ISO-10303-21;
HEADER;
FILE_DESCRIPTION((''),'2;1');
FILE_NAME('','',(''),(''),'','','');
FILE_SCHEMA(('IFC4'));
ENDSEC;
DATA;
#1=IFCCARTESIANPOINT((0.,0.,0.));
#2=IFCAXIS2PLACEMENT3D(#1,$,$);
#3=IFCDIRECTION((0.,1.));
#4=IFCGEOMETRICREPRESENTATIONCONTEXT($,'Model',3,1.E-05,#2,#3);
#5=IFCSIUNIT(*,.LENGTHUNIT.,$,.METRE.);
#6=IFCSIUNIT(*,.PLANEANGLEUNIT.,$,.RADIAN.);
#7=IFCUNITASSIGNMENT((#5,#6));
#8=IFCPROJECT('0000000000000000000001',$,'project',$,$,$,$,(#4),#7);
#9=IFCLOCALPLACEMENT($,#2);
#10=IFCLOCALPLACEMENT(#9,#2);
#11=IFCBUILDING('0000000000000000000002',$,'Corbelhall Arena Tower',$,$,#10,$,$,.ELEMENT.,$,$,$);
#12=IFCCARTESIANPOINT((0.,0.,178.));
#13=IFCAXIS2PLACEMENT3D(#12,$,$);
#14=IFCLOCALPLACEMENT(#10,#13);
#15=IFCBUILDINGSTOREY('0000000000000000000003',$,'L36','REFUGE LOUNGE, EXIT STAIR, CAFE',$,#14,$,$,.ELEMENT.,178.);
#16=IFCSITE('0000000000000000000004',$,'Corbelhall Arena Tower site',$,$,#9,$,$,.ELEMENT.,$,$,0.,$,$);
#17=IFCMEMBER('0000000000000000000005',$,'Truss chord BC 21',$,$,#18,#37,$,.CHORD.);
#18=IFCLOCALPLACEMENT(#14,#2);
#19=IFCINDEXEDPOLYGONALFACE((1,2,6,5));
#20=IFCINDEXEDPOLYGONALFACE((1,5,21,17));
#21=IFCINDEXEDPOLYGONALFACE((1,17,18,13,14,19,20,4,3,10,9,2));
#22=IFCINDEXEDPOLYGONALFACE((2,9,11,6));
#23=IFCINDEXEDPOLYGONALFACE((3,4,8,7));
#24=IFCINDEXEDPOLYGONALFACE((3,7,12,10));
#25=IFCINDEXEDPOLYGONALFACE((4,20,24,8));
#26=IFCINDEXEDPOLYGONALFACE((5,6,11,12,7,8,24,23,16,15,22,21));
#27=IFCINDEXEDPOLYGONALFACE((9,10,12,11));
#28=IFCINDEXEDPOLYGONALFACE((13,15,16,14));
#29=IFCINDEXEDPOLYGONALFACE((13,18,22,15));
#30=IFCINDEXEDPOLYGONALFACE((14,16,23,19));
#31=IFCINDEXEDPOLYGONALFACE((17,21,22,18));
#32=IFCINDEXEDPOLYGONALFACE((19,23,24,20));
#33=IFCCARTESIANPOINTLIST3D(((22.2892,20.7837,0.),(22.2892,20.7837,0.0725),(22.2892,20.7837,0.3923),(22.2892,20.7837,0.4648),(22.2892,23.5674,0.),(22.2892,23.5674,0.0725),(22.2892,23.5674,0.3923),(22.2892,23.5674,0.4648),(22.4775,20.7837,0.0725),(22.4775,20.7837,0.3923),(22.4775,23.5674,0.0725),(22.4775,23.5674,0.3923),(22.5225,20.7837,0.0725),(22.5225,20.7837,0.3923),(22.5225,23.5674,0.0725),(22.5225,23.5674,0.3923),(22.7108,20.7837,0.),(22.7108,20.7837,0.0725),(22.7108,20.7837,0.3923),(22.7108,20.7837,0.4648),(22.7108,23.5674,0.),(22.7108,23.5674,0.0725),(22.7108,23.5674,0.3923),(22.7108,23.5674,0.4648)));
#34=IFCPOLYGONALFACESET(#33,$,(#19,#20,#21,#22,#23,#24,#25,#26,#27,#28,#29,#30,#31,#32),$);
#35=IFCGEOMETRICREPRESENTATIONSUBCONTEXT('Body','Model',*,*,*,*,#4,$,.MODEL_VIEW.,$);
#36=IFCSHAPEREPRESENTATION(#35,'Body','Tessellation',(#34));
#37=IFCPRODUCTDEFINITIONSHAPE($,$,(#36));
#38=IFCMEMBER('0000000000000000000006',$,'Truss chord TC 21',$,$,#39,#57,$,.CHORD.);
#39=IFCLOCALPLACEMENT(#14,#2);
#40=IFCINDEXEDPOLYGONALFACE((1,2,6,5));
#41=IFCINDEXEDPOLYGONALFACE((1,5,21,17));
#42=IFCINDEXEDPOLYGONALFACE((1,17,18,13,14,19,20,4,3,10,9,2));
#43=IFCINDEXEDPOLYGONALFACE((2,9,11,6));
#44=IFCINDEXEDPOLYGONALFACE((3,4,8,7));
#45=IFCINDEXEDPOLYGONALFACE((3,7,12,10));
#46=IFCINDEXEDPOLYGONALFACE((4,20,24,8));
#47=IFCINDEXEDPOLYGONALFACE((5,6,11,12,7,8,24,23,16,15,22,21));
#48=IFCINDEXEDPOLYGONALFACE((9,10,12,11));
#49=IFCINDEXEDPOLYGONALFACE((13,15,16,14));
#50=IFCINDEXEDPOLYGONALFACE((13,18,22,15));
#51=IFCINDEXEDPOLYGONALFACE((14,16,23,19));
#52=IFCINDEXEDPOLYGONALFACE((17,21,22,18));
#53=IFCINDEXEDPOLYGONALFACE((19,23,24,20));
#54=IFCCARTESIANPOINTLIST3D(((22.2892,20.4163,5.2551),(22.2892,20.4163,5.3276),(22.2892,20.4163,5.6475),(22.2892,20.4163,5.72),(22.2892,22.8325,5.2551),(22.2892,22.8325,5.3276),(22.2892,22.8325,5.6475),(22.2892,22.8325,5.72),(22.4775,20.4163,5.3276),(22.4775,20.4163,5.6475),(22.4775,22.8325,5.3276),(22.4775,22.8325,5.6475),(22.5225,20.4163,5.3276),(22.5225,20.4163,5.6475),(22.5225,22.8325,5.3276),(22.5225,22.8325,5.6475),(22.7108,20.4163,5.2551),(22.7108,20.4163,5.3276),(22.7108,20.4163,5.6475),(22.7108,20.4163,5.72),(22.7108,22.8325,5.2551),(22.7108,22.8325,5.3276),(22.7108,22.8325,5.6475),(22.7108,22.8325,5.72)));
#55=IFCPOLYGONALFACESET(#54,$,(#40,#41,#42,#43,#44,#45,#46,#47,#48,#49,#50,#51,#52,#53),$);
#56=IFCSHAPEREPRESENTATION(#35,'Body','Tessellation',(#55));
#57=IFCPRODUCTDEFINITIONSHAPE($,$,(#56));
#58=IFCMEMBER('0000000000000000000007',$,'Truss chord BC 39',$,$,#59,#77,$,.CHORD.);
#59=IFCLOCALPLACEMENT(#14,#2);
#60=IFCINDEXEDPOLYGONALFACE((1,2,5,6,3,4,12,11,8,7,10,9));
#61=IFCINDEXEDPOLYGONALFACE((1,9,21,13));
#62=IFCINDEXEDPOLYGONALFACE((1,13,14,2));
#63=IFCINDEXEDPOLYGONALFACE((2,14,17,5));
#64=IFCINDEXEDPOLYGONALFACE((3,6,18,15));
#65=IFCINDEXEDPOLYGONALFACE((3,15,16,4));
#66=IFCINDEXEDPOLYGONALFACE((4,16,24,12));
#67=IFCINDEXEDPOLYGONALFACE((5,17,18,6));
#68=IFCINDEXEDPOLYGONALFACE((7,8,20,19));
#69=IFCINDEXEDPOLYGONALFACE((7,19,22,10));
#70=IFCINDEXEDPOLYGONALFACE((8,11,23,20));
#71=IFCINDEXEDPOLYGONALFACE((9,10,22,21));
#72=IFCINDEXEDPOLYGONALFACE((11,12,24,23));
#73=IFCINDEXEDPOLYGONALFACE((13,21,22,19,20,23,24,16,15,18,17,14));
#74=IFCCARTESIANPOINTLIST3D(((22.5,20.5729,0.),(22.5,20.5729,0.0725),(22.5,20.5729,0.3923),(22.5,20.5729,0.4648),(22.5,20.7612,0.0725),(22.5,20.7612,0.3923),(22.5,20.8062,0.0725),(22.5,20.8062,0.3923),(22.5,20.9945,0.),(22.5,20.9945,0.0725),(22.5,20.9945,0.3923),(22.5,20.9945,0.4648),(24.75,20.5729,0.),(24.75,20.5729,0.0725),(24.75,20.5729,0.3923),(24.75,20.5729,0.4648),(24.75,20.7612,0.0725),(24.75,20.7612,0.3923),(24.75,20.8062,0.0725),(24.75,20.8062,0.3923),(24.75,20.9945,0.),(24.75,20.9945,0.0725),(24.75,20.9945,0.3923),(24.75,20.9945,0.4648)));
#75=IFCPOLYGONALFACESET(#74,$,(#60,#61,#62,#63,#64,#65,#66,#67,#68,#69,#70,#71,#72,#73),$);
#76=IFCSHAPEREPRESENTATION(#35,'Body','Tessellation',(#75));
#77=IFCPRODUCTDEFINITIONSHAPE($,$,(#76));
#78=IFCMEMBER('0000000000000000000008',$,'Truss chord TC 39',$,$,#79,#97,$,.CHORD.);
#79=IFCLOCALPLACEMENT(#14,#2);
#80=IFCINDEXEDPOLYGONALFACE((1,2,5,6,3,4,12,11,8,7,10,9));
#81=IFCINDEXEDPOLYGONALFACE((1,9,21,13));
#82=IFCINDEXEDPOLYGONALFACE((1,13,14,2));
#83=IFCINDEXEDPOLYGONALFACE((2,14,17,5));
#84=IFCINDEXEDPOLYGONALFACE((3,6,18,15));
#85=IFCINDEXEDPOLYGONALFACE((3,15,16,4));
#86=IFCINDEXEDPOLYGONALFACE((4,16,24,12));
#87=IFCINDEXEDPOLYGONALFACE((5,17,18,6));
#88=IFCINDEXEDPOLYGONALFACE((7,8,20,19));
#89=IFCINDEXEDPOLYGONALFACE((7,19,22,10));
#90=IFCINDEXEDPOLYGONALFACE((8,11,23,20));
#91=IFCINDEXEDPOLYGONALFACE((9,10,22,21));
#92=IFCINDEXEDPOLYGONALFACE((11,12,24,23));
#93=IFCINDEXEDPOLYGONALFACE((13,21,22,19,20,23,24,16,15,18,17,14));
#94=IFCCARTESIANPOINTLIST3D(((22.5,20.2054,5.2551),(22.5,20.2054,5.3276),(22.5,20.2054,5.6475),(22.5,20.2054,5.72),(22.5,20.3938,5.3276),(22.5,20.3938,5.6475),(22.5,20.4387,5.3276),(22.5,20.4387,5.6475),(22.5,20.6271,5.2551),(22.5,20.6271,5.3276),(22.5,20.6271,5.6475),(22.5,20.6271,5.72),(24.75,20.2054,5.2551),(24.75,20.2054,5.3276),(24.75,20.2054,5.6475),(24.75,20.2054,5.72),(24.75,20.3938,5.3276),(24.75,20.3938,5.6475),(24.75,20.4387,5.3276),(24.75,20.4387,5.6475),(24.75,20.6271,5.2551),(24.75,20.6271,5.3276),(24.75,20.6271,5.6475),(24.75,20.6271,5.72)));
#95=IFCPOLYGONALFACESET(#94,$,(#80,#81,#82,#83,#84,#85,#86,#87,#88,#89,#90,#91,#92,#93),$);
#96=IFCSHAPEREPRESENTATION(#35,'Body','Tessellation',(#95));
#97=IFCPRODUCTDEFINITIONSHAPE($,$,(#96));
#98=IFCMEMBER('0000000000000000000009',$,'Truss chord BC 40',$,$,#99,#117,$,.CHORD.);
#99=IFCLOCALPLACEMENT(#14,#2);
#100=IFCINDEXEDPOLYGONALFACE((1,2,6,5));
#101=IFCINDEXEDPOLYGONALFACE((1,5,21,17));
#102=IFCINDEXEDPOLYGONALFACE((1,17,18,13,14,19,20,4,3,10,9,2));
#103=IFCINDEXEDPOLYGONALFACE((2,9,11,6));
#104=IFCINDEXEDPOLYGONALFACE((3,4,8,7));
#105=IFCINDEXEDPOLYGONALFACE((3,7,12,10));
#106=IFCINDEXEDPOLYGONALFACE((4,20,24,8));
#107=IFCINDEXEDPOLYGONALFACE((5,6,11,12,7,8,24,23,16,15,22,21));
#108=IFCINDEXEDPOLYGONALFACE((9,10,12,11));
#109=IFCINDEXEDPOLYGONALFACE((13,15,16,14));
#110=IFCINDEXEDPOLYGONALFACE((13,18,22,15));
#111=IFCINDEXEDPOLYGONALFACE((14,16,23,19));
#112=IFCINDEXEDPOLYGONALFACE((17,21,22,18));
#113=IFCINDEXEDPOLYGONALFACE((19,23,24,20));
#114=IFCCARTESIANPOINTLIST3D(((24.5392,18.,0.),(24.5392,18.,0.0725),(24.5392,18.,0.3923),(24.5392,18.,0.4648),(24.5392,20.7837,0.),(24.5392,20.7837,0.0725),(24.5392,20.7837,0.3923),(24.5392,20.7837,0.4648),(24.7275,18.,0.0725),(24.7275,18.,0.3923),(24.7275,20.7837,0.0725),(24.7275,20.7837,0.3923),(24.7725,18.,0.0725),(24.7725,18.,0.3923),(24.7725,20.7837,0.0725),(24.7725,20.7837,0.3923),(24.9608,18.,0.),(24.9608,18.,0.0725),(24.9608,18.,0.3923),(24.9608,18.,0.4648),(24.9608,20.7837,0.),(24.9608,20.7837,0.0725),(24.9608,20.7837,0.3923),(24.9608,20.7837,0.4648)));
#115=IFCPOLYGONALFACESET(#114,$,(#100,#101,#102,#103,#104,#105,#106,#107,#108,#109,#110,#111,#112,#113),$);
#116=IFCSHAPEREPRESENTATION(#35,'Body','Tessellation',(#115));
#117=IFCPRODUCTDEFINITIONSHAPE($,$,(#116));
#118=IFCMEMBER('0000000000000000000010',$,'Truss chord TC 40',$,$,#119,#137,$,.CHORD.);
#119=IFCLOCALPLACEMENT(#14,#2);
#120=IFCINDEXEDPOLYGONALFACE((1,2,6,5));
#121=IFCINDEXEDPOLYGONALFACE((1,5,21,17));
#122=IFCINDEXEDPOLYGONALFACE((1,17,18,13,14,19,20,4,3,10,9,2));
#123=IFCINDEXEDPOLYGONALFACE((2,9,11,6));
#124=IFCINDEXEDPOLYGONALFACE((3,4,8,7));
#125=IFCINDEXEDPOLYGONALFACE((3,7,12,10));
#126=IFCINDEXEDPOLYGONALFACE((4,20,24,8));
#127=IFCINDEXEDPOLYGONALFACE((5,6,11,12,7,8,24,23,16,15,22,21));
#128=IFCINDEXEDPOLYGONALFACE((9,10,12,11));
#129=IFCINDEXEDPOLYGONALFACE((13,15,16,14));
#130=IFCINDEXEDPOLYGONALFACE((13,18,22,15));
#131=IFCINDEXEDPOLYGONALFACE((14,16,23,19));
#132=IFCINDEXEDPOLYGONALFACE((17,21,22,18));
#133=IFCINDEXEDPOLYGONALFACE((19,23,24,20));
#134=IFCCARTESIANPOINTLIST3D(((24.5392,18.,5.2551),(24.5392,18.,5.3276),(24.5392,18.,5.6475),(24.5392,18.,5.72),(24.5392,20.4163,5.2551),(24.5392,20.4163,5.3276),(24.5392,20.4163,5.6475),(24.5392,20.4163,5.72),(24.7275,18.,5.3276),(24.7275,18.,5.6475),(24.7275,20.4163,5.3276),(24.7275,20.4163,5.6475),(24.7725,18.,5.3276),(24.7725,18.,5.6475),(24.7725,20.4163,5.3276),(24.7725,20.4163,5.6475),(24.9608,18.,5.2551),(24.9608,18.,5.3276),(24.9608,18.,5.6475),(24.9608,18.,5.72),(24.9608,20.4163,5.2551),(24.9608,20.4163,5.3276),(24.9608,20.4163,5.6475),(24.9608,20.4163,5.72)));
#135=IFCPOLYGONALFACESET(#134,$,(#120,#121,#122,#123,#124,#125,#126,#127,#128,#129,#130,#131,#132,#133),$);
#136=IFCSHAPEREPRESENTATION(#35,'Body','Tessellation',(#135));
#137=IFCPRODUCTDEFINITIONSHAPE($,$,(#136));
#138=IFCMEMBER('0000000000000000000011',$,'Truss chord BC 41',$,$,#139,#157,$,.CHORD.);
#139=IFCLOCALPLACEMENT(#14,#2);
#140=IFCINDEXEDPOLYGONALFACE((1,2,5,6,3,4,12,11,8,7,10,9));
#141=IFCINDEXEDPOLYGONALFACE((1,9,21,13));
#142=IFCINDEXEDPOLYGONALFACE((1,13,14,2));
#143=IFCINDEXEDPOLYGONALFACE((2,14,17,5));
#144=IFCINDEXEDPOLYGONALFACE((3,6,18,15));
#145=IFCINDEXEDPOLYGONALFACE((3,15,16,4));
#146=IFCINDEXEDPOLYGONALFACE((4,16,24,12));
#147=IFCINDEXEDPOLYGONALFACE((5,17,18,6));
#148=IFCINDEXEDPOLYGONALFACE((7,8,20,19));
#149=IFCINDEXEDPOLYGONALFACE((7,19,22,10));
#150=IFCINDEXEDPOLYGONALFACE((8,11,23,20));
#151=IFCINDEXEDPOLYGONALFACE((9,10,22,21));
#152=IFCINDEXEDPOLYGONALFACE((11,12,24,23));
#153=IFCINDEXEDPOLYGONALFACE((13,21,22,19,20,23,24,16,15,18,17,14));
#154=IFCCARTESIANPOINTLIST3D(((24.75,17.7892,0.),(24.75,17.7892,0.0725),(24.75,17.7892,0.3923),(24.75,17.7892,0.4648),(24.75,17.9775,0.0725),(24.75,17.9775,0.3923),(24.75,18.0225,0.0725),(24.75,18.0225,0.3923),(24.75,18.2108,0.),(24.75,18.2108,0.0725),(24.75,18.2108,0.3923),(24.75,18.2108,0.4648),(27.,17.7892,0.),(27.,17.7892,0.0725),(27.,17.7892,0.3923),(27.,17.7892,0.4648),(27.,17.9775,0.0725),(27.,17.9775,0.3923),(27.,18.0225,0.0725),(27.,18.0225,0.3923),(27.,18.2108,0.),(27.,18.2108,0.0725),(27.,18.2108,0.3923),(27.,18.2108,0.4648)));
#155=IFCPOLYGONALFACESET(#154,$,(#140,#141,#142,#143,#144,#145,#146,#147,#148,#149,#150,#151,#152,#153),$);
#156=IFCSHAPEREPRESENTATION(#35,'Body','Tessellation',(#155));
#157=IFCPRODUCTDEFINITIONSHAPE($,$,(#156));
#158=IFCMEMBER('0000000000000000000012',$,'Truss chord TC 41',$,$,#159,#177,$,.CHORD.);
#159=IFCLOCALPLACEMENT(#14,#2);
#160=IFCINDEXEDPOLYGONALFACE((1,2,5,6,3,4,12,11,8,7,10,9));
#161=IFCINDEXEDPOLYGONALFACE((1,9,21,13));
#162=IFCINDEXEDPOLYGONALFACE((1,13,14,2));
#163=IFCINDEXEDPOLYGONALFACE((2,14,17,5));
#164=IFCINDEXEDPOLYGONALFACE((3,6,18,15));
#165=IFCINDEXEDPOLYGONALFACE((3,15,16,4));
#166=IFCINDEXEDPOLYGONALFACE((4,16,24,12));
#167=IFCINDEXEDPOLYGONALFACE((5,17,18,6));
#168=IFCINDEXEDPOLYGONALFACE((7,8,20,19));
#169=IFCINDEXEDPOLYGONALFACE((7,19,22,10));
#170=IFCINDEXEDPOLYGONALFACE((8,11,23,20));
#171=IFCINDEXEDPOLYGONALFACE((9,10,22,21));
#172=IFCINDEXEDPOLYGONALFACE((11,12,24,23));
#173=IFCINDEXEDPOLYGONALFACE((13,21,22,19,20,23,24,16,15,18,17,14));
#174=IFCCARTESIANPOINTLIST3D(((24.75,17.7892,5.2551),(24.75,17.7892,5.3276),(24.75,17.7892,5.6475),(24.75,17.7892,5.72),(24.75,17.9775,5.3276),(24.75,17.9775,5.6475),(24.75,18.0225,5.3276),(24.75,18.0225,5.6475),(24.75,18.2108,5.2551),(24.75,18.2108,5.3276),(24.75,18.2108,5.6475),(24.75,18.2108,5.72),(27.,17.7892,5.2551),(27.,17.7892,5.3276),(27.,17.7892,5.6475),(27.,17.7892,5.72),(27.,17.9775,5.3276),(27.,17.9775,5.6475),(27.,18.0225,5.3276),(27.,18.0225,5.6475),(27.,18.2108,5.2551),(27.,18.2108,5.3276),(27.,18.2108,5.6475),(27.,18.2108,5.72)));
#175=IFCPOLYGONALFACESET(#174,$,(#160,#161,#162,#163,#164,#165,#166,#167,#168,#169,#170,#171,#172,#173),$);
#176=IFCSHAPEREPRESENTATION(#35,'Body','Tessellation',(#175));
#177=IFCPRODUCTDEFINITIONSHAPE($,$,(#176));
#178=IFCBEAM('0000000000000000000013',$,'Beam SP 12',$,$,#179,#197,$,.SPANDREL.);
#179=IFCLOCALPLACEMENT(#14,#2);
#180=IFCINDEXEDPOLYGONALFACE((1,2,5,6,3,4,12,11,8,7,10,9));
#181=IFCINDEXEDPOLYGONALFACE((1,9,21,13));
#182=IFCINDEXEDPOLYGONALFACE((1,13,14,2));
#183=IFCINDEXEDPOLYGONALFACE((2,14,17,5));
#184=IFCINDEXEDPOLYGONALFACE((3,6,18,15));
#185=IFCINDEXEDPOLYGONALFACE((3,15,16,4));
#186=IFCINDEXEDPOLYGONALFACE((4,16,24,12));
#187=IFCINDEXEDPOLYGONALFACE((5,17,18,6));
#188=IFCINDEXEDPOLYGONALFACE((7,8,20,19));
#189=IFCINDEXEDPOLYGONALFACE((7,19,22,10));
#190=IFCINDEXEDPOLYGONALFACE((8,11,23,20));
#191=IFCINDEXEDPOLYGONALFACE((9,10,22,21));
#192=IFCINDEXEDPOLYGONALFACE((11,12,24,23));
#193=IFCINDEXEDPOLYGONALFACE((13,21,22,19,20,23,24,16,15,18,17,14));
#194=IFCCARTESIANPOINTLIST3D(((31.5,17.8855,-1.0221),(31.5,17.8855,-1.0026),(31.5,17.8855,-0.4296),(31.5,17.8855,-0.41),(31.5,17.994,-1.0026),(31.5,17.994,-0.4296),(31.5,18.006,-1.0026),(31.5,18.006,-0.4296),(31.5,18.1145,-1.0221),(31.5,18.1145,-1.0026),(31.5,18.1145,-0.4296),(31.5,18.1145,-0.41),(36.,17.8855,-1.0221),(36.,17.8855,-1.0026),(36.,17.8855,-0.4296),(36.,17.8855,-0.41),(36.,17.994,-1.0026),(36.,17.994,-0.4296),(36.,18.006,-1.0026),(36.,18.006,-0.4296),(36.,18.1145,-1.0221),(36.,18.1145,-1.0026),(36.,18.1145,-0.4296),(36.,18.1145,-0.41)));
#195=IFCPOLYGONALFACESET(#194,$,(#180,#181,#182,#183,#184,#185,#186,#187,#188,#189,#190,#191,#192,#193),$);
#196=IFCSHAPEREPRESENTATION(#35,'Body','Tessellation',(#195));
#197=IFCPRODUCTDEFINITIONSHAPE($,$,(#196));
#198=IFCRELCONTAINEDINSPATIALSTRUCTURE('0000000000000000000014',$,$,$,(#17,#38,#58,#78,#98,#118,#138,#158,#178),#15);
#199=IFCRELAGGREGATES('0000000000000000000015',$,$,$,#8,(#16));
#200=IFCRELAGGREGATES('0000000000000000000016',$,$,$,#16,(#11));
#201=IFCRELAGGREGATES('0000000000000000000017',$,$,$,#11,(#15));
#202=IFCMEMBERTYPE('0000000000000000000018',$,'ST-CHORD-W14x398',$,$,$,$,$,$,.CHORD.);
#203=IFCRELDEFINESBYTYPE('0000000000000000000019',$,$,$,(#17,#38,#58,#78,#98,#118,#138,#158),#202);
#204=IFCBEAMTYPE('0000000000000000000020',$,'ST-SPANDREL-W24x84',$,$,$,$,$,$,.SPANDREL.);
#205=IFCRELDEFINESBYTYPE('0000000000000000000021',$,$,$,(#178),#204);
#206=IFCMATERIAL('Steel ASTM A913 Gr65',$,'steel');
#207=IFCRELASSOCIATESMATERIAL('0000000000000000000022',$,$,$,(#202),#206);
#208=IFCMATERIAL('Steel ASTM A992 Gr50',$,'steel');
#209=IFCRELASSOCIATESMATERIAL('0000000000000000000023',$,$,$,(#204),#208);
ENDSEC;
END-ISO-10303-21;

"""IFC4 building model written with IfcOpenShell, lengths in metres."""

from ifc_helpers import new_model, si_unit, direction, frame, origin, origin_2d, place, context, subcontext, project, spatial, i_section, extrude, material, material_profile, profile_set, type_object, element, save


model = new_model("IFC4")

# Units and contexts
model_context = context("Model", 3, precision=1e-05, world=origin(), true_north=direction((0.0, 1.0)))
body_context = subcontext(model_context, "Body", "Model", "MODEL_VIEW")
ifc_project = project(units=[si_unit("LENGTHUNIT", "METRE"), si_unit("PLANEANGLEUNIT", "RADIAN")], contexts=[model_context])

# Site, building, storey
site_placement = place(None, origin())
site = spatial("IfcSite", under=ifc_project, at=site_placement, Name="Corbelhall Arena Tower site", CompositionType="ELEMENT", RefElevation=0.0)
building_placement = place(site_placement, origin())
building = spatial("IfcBuilding", under=site, at=building_placement, Name="Corbelhall Arena Tower", CompositionType="ELEMENT")
storey_placement = place(building_placement, frame((0.0, 0.0, 178.0)))
storey = spatial("IfcBuildingStorey", under=building, at=storey_placement, Name="L36", Description="REFUGE LOUNGE, EXIT STAIR, CAFE", CompositionType="ELEMENT", Elevation=178.0)

# Members
ifc_material_1 = material(Name="Steel ASTM A913 Gr65", Category="steel")
ifc_material_profile_1 = material_profile(ifc_material_1, i_section(OverallWidth=0.4216, OverallDepth=0.4648, WebThickness=0.0449, FlangeThickness=0.0725, at=origin_2d()))
ifc_profile_set_1 = profile_set([ifc_material_profile_1], Name="Steel ASTM A913 Gr65")
member_type_1 = type_object("IfcMemberType", Name="ST-CHORD-W14x398", PredefinedType="CHORD", material=ifc_profile_set_1)
member_1_placement = place(storey_placement, frame((22.5, 23.5674, 0.2324), z_axis=(0.0, -1.0, 0.0), x_axis=(1.0, 0.0, 0.0)))
element("IfcMember", 1, at=member_1_placement, inside=storey, type_object=member_type_1, Name="Truss chord BC 21", PredefinedType="CHORD", context=body_context, shape_type="SweptSolid", body=[
    extrude(i_section(OverallWidth=0.4216, OverallDepth=0.4648, WebThickness=0.0449, FlangeThickness=0.0725, at=origin_2d()), origin(), (0.0, 0.0, 1.0), 2.7837),
])
member_2_placement = place(storey_placement, frame((22.5, 22.8325, 5.4875), z_axis=(0.0, -1.0, 0.0), x_axis=(1.0, 0.0, 0.0)))
element("IfcMember", 2, at=member_2_placement, inside=storey, type_object=member_type_1, Name="Truss chord TC 21", PredefinedType="CHORD", context=body_context, shape_type="SweptSolid", body=[
    extrude(i_section(OverallWidth=0.4216, OverallDepth=0.4648, WebThickness=0.0449, FlangeThickness=0.0725, at=origin_2d()), origin(), (0.0, 0.0, 1.0), 2.4163),
])
for number, where, z_axis, x_axis, name in (
    (3, (22.5, 20.7837, 0.2324), (1.0, 0.0, 0.0), (0.0, 1.0, 0.0), "Truss chord BC 39"),
    (4, (22.5, 20.4163, 5.4875), (1.0, 0.0, 0.0), (0.0, 1.0, 0.0), "Truss chord TC 39"),
):
    element("IfcMember", number, at=place(storey_placement, frame(where, z_axis=z_axis, x_axis=x_axis)), inside=storey, type_object=member_type_1, Name=name, PredefinedType="CHORD", context=body_context, shape_type="SweptSolid", body=[
        extrude(i_section(OverallWidth=0.4216, OverallDepth=0.4648, WebThickness=0.0449, FlangeThickness=0.0725, at=origin_2d()), origin(), (0.0, 0.0, 1.0), 2.25),
    ])
member_3_placement = place(storey_placement, frame((24.75, 20.7837, 0.2324), z_axis=(0.0, -1.0, 0.0), x_axis=(1.0, 0.0, 0.0)))
element("IfcMember", 5, at=member_3_placement, inside=storey, type_object=member_type_1, Name="Truss chord BC 40", PredefinedType="CHORD", context=body_context, shape_type="SweptSolid", body=[
    extrude(i_section(OverallWidth=0.4216, OverallDepth=0.4648, WebThickness=0.0449, FlangeThickness=0.0725, at=origin_2d()), origin(), (0.0, 0.0, 1.0), 2.7837),
])
member_4_placement = place(storey_placement, frame((24.75, 20.4163, 5.4875), z_axis=(0.0, -1.0, 0.0), x_axis=(1.0, 0.0, 0.0)))
element("IfcMember", 6, at=member_4_placement, inside=storey, type_object=member_type_1, Name="Truss chord TC 40", PredefinedType="CHORD", context=body_context, shape_type="SweptSolid", body=[
    extrude(i_section(OverallWidth=0.4216, OverallDepth=0.4648, WebThickness=0.0449, FlangeThickness=0.0725, at=origin_2d()), origin(), (0.0, 0.0, 1.0), 2.4163),
])
for number, where, z_axis, x_axis, name in (
    (7, (24.75, 18.0, 0.2324), (1.0, 0.0, 0.0), (0.0, 1.0, 0.0), "Truss chord BC 41"),
    (8, (24.75, 18.0, 5.4875), (1.0, 0.0, 0.0), (0.0, 1.0, 0.0), "Truss chord TC 41"),
):
    element("IfcMember", number, at=place(storey_placement, frame(where, z_axis=z_axis, x_axis=x_axis)), inside=storey, type_object=member_type_1, Name=name, PredefinedType="CHORD", context=body_context, shape_type="SweptSolid", body=[
        extrude(i_section(OverallWidth=0.4216, OverallDepth=0.4648, WebThickness=0.0449, FlangeThickness=0.0725, at=origin_2d()), origin(), (0.0, 0.0, 1.0), 2.25),
    ])

# Beam
ifc_material_2 = material(Name="Steel ASTM A992 Gr50", Category="steel")
ifc_material_profile_2 = material_profile(ifc_material_2, i_section(OverallWidth=0.229, OverallDepth=0.6121, WebThickness=0.012, FlangeThickness=0.0195, at=origin_2d()))
ifc_profile_set_2 = profile_set([ifc_material_profile_2], Name="Steel ASTM A992 Gr50")
beam_type = type_object("IfcBeamType", Name="ST-SPANDREL-W24x84", PredefinedType="SPANDREL", material=ifc_profile_set_2)
for number, where, z_axis, x_axis, name in (
    (9, (31.5, 18.0, -0.7161), (1.0, 0.0, 0.0), (0.0, 1.0, 0.0), "Beam SP 12"),
):
    element("IfcBeam", number, at=place(storey_placement, frame(where, z_axis=z_axis, x_axis=x_axis)), inside=storey, type_object=beam_type, Name=name, PredefinedType="SPANDREL", context=body_context, shape_type="SweptSolid", body=[
        extrude(i_section(OverallWidth=0.229, OverallDepth=0.6121, WebThickness=0.012, FlangeThickness=0.0195, at=origin_2d()), origin(), (0.0, 0.0, 1.0), 4.5),
    ])

save(model, "model.ifc")
